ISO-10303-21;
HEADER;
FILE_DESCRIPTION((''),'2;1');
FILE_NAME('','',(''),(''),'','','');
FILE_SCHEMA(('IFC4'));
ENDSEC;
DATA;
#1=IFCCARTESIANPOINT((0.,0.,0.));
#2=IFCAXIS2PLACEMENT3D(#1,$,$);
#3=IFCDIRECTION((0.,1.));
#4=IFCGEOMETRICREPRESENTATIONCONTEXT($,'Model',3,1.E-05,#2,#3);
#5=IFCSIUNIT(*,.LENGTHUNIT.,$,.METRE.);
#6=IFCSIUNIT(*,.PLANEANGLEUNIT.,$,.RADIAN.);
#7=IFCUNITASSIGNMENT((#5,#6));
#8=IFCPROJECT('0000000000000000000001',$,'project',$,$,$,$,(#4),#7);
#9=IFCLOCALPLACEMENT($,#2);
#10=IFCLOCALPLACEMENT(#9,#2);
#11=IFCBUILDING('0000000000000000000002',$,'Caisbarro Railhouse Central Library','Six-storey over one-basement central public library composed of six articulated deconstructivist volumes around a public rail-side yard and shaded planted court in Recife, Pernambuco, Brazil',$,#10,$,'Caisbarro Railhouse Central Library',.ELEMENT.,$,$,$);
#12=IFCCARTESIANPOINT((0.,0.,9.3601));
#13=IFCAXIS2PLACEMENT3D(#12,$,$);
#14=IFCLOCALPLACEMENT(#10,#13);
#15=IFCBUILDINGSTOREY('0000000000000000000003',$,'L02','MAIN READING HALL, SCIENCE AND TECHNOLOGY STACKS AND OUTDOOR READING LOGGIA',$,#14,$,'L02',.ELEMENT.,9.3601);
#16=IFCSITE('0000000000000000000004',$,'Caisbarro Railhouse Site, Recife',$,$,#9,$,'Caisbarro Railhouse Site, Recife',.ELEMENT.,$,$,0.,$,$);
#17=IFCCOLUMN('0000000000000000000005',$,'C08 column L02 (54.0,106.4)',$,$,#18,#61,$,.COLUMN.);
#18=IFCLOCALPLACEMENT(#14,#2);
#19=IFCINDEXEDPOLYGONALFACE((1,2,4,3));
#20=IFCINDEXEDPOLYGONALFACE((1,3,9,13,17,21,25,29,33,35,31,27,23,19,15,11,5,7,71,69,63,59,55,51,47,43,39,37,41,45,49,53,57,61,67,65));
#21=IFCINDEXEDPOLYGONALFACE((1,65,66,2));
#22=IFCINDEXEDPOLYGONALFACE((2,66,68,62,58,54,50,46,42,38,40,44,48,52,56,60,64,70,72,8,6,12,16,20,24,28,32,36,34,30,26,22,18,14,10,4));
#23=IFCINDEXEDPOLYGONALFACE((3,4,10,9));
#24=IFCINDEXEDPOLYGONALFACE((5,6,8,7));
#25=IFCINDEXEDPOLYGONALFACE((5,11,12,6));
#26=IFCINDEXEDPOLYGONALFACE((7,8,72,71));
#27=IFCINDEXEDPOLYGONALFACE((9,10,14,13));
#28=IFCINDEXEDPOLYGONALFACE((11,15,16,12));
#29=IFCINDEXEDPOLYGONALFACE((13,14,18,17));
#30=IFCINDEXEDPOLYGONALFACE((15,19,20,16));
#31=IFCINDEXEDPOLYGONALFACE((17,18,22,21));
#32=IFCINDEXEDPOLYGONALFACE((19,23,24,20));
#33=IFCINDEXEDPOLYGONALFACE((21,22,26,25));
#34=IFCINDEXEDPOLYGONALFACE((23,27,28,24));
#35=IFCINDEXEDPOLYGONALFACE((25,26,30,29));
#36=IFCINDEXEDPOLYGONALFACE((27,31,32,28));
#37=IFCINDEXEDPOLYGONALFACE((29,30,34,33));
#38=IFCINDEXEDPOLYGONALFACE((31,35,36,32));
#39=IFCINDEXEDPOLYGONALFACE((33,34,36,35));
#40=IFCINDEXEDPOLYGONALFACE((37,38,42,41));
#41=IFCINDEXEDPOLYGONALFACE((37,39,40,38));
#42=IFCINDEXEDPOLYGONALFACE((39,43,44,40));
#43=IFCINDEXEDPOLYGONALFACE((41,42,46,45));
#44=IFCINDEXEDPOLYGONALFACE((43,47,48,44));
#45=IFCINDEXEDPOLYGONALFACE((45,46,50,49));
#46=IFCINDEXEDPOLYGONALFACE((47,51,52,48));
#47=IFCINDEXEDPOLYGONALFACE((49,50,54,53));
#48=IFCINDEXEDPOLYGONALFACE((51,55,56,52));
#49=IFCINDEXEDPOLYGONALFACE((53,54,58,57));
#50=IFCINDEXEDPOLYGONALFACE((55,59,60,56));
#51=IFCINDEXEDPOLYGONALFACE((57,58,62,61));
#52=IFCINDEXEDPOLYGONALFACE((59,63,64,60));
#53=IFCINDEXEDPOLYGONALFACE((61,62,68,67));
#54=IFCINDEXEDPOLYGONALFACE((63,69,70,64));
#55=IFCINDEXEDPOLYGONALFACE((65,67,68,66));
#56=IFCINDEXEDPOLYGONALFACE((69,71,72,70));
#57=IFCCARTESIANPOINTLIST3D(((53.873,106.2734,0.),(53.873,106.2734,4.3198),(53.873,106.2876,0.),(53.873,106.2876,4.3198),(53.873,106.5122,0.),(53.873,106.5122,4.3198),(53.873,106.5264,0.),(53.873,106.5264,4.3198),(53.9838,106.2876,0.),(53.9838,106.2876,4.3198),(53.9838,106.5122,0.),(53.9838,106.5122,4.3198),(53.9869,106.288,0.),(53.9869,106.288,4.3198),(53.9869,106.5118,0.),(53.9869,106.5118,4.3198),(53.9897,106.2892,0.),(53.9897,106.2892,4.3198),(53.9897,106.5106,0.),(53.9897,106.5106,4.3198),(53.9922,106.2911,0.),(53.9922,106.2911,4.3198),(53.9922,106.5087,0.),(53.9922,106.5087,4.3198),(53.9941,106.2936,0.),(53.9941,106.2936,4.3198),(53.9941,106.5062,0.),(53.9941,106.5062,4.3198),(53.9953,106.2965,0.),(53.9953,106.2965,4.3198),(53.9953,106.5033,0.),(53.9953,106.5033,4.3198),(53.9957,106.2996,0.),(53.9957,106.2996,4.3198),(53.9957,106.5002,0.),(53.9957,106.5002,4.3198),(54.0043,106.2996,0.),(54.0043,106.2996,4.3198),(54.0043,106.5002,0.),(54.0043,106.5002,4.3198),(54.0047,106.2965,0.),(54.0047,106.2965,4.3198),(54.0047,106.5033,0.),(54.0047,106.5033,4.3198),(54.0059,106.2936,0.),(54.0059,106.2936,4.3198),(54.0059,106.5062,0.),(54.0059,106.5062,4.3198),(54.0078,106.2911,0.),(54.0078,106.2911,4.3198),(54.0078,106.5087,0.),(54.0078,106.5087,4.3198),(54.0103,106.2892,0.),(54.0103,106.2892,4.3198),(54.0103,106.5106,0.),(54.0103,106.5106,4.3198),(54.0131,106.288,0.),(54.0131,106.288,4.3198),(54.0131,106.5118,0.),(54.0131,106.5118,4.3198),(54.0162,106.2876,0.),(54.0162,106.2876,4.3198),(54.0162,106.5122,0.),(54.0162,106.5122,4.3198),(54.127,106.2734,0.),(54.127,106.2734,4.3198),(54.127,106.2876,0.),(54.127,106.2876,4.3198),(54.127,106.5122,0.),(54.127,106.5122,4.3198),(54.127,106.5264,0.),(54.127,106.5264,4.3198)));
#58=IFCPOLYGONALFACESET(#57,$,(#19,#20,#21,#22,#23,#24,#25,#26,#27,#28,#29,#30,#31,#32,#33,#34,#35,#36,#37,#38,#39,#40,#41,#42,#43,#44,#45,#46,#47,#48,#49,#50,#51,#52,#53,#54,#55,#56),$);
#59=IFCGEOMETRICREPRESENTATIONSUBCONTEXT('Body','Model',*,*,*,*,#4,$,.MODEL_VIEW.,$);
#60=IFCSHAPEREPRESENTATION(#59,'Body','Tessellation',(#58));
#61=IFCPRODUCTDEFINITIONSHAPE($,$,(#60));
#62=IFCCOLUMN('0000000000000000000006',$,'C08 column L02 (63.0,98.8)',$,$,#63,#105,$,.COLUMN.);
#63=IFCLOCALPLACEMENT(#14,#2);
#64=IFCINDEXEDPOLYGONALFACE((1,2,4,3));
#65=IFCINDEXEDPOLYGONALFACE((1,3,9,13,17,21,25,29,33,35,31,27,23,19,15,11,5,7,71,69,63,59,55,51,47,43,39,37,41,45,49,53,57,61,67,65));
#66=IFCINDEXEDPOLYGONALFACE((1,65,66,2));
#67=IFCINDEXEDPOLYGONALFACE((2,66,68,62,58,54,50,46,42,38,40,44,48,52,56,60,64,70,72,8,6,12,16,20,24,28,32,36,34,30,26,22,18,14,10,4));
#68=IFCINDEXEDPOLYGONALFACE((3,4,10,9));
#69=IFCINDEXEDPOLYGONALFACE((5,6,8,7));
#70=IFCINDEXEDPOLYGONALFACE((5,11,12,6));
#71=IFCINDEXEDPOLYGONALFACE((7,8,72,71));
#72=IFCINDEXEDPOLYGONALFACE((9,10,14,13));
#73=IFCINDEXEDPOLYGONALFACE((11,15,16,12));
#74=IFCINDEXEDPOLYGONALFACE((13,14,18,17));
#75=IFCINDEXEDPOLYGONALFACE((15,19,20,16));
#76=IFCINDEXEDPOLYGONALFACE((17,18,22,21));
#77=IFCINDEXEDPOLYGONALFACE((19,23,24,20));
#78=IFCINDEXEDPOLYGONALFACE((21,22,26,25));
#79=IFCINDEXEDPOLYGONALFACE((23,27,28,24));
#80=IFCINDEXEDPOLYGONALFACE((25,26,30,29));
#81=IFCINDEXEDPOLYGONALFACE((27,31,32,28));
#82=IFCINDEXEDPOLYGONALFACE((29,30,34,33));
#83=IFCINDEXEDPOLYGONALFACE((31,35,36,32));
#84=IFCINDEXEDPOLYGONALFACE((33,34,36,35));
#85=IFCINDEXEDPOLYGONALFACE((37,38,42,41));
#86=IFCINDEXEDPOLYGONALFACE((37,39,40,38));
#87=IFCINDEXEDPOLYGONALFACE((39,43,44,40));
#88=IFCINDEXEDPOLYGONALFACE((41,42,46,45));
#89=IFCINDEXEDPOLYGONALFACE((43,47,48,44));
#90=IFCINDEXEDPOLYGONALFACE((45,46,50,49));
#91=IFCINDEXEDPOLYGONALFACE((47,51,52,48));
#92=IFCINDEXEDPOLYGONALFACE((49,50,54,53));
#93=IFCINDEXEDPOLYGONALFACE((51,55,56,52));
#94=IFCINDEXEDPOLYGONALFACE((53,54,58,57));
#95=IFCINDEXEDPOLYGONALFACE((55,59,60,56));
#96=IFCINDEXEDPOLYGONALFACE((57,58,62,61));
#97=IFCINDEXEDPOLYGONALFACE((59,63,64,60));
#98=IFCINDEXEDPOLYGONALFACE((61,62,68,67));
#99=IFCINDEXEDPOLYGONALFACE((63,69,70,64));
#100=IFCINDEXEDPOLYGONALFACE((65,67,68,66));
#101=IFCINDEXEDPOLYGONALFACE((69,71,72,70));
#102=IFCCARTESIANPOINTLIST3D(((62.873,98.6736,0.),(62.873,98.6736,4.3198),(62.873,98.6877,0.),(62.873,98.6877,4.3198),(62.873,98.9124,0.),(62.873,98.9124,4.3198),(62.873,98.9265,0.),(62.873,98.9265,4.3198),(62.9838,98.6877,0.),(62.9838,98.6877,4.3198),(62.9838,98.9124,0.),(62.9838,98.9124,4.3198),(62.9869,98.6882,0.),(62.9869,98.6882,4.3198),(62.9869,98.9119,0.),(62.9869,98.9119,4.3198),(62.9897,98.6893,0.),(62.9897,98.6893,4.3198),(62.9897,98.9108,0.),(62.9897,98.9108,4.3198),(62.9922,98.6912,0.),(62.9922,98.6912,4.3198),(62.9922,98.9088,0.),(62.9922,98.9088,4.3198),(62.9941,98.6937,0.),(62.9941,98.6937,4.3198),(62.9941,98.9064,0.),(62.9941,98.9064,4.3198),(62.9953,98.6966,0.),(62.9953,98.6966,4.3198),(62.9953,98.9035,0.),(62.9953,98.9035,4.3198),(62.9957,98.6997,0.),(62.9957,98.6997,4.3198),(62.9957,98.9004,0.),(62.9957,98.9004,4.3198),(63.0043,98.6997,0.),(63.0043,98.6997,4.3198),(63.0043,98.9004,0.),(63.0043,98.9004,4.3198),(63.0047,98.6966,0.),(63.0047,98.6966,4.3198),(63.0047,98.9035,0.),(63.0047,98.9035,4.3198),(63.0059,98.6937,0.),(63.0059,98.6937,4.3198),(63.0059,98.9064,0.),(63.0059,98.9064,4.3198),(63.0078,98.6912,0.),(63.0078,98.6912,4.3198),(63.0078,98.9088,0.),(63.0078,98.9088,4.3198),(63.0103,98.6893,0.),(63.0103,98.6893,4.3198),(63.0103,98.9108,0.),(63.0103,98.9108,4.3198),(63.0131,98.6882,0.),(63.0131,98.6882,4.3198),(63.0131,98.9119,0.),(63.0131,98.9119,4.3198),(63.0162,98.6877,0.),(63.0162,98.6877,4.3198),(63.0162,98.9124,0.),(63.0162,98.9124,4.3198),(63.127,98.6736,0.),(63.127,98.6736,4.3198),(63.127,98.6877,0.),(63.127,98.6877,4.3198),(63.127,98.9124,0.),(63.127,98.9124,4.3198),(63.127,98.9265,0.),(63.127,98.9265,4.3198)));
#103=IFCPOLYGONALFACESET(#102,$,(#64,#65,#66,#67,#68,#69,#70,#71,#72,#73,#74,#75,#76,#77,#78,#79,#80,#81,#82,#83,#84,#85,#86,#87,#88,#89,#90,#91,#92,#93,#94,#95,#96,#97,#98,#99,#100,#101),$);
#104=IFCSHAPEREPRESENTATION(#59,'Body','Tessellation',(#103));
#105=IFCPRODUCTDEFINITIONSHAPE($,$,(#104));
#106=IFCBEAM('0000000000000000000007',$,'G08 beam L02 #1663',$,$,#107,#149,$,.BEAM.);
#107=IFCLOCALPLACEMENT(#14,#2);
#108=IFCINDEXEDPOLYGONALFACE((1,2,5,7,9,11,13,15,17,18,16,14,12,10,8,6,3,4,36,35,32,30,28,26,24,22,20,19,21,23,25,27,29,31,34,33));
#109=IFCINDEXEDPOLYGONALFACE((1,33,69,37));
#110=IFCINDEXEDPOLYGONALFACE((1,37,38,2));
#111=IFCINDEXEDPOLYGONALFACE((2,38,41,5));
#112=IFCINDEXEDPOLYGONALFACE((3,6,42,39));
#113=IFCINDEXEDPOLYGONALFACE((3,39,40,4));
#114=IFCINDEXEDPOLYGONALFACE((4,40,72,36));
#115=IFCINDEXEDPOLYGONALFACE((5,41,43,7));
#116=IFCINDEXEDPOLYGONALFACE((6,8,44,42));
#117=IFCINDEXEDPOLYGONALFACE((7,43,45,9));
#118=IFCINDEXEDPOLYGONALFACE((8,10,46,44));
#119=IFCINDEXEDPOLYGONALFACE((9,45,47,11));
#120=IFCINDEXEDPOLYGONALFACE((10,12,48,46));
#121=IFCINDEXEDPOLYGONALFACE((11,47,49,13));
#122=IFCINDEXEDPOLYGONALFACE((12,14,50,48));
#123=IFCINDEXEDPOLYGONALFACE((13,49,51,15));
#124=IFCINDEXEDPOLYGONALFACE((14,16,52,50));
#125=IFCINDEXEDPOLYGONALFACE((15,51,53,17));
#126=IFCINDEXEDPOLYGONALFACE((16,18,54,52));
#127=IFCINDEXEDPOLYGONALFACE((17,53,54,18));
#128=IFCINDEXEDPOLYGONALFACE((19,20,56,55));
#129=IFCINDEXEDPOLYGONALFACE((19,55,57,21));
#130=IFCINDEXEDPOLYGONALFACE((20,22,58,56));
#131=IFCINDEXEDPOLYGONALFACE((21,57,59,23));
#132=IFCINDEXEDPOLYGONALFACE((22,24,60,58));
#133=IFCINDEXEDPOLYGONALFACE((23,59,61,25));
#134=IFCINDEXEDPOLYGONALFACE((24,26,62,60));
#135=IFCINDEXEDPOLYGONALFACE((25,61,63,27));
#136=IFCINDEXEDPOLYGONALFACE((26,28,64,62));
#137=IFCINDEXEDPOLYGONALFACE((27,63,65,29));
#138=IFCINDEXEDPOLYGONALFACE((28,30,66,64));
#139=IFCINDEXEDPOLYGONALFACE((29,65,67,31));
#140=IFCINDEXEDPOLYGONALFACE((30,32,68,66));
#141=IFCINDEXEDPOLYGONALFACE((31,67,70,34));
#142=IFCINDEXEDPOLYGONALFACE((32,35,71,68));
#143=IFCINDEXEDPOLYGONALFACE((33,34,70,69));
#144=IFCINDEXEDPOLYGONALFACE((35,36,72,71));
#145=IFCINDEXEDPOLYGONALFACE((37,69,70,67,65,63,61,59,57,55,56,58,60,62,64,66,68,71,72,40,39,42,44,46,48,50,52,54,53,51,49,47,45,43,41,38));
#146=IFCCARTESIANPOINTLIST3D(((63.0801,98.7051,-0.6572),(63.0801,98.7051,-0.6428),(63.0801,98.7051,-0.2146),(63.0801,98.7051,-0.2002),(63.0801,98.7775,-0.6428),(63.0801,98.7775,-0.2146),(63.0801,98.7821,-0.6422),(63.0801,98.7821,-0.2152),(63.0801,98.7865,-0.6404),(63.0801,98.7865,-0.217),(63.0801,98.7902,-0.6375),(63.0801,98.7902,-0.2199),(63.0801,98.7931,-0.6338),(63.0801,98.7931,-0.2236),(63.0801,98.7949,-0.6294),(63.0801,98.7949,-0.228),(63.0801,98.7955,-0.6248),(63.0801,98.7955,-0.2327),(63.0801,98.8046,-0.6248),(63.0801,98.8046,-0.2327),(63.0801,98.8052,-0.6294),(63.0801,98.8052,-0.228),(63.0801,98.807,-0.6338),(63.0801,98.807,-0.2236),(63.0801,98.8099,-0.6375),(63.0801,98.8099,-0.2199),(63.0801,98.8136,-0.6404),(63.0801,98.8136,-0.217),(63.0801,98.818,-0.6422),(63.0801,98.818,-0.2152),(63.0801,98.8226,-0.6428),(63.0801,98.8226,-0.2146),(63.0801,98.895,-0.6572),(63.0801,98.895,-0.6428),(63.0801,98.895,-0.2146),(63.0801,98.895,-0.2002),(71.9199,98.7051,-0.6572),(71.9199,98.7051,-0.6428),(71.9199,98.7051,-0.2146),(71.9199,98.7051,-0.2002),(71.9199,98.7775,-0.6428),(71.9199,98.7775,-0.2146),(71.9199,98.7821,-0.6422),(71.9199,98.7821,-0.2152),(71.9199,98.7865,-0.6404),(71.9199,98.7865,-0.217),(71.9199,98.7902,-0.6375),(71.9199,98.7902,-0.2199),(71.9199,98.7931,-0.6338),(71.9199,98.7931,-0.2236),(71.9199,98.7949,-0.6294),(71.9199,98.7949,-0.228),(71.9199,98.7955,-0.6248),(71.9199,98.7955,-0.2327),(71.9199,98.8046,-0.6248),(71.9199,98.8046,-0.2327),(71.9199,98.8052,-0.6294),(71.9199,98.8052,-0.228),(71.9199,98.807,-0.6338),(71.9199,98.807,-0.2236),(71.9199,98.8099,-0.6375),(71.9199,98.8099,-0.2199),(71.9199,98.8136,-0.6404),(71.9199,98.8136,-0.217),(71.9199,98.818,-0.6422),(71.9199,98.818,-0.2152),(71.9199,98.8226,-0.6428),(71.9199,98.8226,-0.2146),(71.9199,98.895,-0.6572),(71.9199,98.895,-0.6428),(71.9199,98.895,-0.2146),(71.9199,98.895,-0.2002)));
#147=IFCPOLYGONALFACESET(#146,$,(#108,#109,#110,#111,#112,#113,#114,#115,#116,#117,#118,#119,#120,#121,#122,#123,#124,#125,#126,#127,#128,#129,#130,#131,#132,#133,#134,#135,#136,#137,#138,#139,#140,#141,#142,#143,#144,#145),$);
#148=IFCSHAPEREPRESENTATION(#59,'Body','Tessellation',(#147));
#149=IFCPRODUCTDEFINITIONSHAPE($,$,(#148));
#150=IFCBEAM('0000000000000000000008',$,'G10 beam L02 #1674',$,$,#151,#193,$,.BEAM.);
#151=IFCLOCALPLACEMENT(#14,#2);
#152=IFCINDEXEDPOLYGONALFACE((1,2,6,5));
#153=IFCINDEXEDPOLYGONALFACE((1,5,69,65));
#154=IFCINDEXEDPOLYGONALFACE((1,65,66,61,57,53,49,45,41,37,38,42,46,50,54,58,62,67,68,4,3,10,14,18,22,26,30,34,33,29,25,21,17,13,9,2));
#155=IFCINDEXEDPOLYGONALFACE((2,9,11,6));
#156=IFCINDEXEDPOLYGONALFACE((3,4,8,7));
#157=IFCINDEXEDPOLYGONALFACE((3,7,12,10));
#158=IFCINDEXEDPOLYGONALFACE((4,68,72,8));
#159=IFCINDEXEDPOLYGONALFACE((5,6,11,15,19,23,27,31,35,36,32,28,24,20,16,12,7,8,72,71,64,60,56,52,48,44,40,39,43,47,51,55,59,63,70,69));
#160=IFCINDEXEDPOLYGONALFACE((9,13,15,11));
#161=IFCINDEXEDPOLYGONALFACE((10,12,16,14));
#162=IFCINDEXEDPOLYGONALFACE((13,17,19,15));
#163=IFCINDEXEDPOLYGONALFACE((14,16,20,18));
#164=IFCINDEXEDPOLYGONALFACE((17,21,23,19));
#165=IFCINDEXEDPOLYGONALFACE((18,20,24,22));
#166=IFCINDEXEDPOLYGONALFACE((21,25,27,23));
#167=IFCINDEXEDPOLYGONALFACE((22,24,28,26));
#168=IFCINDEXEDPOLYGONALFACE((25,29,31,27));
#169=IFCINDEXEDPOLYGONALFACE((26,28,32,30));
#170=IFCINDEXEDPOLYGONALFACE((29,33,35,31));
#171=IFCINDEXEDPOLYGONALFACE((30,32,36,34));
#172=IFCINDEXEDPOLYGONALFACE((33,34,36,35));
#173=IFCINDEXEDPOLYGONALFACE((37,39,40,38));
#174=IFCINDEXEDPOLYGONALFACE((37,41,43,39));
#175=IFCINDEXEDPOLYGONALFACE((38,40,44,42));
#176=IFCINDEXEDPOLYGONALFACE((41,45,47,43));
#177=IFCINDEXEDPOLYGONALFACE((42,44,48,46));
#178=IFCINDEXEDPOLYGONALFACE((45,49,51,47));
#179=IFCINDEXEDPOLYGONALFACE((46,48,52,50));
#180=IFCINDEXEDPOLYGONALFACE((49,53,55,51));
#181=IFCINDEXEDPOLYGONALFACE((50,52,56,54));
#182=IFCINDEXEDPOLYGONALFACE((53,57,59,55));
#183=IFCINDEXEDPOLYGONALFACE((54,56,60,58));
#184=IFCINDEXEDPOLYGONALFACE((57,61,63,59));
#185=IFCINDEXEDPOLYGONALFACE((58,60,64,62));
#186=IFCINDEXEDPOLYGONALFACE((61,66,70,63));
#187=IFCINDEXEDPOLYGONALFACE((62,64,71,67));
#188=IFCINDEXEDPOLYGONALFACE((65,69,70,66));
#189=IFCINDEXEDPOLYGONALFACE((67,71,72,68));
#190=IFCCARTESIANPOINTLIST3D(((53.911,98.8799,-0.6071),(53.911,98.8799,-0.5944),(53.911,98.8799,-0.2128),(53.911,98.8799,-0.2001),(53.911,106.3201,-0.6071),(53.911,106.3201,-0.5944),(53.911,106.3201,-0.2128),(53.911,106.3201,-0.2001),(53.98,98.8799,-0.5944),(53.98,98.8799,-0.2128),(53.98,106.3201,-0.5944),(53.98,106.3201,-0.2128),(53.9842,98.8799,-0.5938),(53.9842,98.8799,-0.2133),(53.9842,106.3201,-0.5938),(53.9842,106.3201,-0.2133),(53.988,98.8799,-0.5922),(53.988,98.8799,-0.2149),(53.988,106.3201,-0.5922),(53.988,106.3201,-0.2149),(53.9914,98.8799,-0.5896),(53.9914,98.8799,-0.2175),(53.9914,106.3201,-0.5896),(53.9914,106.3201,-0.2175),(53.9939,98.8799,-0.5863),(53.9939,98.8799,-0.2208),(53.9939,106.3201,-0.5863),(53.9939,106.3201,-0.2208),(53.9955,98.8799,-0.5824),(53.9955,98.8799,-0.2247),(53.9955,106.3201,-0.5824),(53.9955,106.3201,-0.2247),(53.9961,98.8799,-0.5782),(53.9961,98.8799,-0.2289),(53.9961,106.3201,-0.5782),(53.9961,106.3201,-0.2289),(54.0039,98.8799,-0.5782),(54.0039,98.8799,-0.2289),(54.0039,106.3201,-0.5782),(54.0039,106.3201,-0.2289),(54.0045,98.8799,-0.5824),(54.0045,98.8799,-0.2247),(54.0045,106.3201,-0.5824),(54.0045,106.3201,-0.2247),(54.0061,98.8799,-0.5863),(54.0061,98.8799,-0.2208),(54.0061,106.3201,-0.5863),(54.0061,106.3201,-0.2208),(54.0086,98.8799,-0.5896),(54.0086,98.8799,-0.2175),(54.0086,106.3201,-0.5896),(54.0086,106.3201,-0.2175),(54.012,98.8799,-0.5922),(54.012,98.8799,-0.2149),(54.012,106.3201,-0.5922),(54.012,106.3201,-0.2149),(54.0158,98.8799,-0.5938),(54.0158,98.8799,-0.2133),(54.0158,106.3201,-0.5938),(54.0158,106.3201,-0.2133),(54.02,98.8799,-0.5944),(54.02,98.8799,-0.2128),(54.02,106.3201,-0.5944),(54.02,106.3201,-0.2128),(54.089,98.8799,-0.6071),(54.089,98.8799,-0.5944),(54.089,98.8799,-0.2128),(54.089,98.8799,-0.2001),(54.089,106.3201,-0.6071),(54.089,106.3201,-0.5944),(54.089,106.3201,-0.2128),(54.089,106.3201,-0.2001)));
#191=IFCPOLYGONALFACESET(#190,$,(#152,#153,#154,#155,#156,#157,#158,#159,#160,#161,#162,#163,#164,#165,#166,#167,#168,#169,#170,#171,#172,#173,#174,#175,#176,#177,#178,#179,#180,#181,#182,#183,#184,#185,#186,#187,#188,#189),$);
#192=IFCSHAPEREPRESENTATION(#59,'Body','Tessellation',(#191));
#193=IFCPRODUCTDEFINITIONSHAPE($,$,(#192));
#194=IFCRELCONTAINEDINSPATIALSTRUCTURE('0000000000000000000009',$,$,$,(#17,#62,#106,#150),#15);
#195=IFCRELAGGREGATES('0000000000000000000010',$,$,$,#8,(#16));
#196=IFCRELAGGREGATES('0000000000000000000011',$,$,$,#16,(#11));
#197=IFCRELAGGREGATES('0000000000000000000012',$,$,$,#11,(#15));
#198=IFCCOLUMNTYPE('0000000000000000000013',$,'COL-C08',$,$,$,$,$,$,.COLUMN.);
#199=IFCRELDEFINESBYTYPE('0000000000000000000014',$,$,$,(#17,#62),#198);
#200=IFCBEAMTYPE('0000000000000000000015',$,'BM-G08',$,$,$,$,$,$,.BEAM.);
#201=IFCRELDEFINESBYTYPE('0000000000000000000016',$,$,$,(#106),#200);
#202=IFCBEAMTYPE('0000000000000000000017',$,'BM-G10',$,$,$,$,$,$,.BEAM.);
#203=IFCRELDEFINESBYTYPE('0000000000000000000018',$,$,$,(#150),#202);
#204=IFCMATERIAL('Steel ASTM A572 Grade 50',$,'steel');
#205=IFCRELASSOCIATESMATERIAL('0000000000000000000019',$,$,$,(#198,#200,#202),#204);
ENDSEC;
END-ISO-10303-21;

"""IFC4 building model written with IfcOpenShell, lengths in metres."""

from ifc_helpers import new_model, si_unit, direction, frame, origin, origin_2d, place, context, subcontext, project, spatial, i_section, extrude, material, material_profile, profile_set, type_object, element, save


model = new_model("IFC4")

# Units and contexts
model_context = context("Model", 3, precision=1e-05, world=origin(), true_north=direction((0.0, 1.0)))
body_context = subcontext(model_context, "Body", "Model", "MODEL_VIEW")
ifc_project = project(units=[si_unit("LENGTHUNIT", "METRE"), si_unit("PLANEANGLEUNIT", "RADIAN")], contexts=[model_context])

# Site, building, storey
site_placement = place(None, origin())
site = spatial("IfcSite", under=ifc_project, at=site_placement, Name="Caisbarro Railhouse Site, Recife", LongName="Caisbarro Railhouse Site, Recife", CompositionType="ELEMENT", RefElevation=0.0)
building_placement = place(site_placement, origin())
building = spatial("IfcBuilding", under=site, at=building_placement, Name="Caisbarro Railhouse Central Library", Description="Six-storey over one-basement central public library composed of six articulated deconstructivist volumes around a public rail-side yard and shaded planted court in Recife, Pernambuco, Brazil", LongName="Caisbarro Railhouse Central Library", CompositionType="ELEMENT")
storey_placement = place(building_placement, frame((0.0, 0.0, 9.3601)))
storey = spatial("IfcBuildingStorey", under=building, at=storey_placement, Name="L02", Description="MAIN READING HALL, SCIENCE AND TECHNOLOGY STACKS AND OUTDOOR READING LOGGIA", LongName="L02", CompositionType="ELEMENT", Elevation=9.3601)

# Columns
ifc_material_1 = material(Name="Steel ASTM A572 Grade 50", Category="steel")
ifc_material_profile_1 = material_profile(ifc_material_1, i_section(OverallWidth=0.2539, OverallDepth=0.2529, WebThickness=0.0085, FlangeThickness=0.0142, FilletRadius=0.012, at=origin_2d()), Name="W250X73.0")
ifc_profile_set_1 = profile_set([ifc_material_profile_1], Name="Steel ASTM A572 Grade 50")
column_type = type_object("IfcColumnType", Name="COL-C08", PredefinedType="COLUMN", material=ifc_profile_set_1)
for number, where, z_axis, x_axis, name in (
    (1, (54.0, 106.3999, 0.0), (0.0, 0.0, 1.0), (1.0, 0.0, 0.0), "C08 column L02 (54.0,106.4)"),
    (2, (63.0, 98.8, 0.0), (0.0, 0.0, 1.0), (1.0, 0.0, 0.0), "C08 column L02 (63.0,98.8)"),
):
    element("IfcColumn", number, at=place(storey_placement, frame(where, z_axis=z_axis, x_axis=x_axis)), inside=storey, type_object=column_type, Name=name, PredefinedType="COLUMN", context=body_context, shape_type="SweptSolid", body=[
        extrude(i_section(OverallWidth=0.2539, OverallDepth=0.2529, WebThickness=0.0085, FlangeThickness=0.0142, FilletRadius=0.012, at=origin_2d()), origin(), (0.0, 0.0, 1.0), 4.3198),
    ])

# Beams
ifc_material_profile_2 = material_profile(ifc_material_1, i_section(OverallWidth=0.1899, OverallDepth=0.457, WebThickness=0.009, FlangeThickness=0.0144, FilletRadius=0.0181, at=origin_2d()), Name="W460X74.0")
ifc_profile_set_2 = profile_set([ifc_material_profile_2], Name="Steel ASTM A572 Grade 50")
beam_type_1 = type_object("IfcBeamType", Name="BM-G08", PredefinedType="BEAM", material=ifc_profile_set_2)
beam_1_placement = place(storey_placement, frame((63.0801, 98.8, -0.4287), z_axis=(1.0, 0.0, 0.0), x_axis=(0.0, 1.0, 0.0)))
element("IfcBeam", 3, at=beam_1_placement, inside=storey, type_object=beam_type_1, Name="G08 beam L02 #1663", PredefinedType="BEAM", context=body_context, shape_type="SweptSolid", body=[
    extrude(i_section(OverallWidth=0.1899, OverallDepth=0.457, WebThickness=0.009, FlangeThickness=0.0144, FilletRadius=0.0181, at=origin_2d()), origin(), (0.0, 0.0, 1.0), 8.8398),
])
ifc_material_profile_3 = material_profile(ifc_material_1, i_section(OverallWidth=0.178, OverallDepth=0.407, WebThickness=0.0078, FlangeThickness=0.0127, FilletRadius=0.0161, at=origin_2d()), Name="W410X60.0")
ifc_profile_set_3 = profile_set([ifc_material_profile_3], Name="Steel ASTM A572 Grade 50")
beam_type_2 = type_object("IfcBeamType", Name="BM-G10", PredefinedType="BEAM", material=ifc_profile_set_3)
for number, where, z_axis, x_axis, name in (
    (4, (54.0, 98.8799, -0.4036), (0.0, 1.0, 0.0), (-1.0, 0.0, 0.0), "G10 beam L02 #1674"),
):
    element("IfcBeam", number, at=place(storey_placement, frame(where, z_axis=z_axis, x_axis=x_axis)), inside=storey, type_object=beam_type_2, Name=name, PredefinedType="BEAM", context=body_context, shape_type="SweptSolid", body=[
        extrude(i_section(OverallWidth=0.178, OverallDepth=0.407, WebThickness=0.0078, FlangeThickness=0.0127, FilletRadius=0.0161, at=origin_2d()), origin(), (0.0, 0.0, 1.0), 7.4402),
    ])

save(model, "model.ifc")
